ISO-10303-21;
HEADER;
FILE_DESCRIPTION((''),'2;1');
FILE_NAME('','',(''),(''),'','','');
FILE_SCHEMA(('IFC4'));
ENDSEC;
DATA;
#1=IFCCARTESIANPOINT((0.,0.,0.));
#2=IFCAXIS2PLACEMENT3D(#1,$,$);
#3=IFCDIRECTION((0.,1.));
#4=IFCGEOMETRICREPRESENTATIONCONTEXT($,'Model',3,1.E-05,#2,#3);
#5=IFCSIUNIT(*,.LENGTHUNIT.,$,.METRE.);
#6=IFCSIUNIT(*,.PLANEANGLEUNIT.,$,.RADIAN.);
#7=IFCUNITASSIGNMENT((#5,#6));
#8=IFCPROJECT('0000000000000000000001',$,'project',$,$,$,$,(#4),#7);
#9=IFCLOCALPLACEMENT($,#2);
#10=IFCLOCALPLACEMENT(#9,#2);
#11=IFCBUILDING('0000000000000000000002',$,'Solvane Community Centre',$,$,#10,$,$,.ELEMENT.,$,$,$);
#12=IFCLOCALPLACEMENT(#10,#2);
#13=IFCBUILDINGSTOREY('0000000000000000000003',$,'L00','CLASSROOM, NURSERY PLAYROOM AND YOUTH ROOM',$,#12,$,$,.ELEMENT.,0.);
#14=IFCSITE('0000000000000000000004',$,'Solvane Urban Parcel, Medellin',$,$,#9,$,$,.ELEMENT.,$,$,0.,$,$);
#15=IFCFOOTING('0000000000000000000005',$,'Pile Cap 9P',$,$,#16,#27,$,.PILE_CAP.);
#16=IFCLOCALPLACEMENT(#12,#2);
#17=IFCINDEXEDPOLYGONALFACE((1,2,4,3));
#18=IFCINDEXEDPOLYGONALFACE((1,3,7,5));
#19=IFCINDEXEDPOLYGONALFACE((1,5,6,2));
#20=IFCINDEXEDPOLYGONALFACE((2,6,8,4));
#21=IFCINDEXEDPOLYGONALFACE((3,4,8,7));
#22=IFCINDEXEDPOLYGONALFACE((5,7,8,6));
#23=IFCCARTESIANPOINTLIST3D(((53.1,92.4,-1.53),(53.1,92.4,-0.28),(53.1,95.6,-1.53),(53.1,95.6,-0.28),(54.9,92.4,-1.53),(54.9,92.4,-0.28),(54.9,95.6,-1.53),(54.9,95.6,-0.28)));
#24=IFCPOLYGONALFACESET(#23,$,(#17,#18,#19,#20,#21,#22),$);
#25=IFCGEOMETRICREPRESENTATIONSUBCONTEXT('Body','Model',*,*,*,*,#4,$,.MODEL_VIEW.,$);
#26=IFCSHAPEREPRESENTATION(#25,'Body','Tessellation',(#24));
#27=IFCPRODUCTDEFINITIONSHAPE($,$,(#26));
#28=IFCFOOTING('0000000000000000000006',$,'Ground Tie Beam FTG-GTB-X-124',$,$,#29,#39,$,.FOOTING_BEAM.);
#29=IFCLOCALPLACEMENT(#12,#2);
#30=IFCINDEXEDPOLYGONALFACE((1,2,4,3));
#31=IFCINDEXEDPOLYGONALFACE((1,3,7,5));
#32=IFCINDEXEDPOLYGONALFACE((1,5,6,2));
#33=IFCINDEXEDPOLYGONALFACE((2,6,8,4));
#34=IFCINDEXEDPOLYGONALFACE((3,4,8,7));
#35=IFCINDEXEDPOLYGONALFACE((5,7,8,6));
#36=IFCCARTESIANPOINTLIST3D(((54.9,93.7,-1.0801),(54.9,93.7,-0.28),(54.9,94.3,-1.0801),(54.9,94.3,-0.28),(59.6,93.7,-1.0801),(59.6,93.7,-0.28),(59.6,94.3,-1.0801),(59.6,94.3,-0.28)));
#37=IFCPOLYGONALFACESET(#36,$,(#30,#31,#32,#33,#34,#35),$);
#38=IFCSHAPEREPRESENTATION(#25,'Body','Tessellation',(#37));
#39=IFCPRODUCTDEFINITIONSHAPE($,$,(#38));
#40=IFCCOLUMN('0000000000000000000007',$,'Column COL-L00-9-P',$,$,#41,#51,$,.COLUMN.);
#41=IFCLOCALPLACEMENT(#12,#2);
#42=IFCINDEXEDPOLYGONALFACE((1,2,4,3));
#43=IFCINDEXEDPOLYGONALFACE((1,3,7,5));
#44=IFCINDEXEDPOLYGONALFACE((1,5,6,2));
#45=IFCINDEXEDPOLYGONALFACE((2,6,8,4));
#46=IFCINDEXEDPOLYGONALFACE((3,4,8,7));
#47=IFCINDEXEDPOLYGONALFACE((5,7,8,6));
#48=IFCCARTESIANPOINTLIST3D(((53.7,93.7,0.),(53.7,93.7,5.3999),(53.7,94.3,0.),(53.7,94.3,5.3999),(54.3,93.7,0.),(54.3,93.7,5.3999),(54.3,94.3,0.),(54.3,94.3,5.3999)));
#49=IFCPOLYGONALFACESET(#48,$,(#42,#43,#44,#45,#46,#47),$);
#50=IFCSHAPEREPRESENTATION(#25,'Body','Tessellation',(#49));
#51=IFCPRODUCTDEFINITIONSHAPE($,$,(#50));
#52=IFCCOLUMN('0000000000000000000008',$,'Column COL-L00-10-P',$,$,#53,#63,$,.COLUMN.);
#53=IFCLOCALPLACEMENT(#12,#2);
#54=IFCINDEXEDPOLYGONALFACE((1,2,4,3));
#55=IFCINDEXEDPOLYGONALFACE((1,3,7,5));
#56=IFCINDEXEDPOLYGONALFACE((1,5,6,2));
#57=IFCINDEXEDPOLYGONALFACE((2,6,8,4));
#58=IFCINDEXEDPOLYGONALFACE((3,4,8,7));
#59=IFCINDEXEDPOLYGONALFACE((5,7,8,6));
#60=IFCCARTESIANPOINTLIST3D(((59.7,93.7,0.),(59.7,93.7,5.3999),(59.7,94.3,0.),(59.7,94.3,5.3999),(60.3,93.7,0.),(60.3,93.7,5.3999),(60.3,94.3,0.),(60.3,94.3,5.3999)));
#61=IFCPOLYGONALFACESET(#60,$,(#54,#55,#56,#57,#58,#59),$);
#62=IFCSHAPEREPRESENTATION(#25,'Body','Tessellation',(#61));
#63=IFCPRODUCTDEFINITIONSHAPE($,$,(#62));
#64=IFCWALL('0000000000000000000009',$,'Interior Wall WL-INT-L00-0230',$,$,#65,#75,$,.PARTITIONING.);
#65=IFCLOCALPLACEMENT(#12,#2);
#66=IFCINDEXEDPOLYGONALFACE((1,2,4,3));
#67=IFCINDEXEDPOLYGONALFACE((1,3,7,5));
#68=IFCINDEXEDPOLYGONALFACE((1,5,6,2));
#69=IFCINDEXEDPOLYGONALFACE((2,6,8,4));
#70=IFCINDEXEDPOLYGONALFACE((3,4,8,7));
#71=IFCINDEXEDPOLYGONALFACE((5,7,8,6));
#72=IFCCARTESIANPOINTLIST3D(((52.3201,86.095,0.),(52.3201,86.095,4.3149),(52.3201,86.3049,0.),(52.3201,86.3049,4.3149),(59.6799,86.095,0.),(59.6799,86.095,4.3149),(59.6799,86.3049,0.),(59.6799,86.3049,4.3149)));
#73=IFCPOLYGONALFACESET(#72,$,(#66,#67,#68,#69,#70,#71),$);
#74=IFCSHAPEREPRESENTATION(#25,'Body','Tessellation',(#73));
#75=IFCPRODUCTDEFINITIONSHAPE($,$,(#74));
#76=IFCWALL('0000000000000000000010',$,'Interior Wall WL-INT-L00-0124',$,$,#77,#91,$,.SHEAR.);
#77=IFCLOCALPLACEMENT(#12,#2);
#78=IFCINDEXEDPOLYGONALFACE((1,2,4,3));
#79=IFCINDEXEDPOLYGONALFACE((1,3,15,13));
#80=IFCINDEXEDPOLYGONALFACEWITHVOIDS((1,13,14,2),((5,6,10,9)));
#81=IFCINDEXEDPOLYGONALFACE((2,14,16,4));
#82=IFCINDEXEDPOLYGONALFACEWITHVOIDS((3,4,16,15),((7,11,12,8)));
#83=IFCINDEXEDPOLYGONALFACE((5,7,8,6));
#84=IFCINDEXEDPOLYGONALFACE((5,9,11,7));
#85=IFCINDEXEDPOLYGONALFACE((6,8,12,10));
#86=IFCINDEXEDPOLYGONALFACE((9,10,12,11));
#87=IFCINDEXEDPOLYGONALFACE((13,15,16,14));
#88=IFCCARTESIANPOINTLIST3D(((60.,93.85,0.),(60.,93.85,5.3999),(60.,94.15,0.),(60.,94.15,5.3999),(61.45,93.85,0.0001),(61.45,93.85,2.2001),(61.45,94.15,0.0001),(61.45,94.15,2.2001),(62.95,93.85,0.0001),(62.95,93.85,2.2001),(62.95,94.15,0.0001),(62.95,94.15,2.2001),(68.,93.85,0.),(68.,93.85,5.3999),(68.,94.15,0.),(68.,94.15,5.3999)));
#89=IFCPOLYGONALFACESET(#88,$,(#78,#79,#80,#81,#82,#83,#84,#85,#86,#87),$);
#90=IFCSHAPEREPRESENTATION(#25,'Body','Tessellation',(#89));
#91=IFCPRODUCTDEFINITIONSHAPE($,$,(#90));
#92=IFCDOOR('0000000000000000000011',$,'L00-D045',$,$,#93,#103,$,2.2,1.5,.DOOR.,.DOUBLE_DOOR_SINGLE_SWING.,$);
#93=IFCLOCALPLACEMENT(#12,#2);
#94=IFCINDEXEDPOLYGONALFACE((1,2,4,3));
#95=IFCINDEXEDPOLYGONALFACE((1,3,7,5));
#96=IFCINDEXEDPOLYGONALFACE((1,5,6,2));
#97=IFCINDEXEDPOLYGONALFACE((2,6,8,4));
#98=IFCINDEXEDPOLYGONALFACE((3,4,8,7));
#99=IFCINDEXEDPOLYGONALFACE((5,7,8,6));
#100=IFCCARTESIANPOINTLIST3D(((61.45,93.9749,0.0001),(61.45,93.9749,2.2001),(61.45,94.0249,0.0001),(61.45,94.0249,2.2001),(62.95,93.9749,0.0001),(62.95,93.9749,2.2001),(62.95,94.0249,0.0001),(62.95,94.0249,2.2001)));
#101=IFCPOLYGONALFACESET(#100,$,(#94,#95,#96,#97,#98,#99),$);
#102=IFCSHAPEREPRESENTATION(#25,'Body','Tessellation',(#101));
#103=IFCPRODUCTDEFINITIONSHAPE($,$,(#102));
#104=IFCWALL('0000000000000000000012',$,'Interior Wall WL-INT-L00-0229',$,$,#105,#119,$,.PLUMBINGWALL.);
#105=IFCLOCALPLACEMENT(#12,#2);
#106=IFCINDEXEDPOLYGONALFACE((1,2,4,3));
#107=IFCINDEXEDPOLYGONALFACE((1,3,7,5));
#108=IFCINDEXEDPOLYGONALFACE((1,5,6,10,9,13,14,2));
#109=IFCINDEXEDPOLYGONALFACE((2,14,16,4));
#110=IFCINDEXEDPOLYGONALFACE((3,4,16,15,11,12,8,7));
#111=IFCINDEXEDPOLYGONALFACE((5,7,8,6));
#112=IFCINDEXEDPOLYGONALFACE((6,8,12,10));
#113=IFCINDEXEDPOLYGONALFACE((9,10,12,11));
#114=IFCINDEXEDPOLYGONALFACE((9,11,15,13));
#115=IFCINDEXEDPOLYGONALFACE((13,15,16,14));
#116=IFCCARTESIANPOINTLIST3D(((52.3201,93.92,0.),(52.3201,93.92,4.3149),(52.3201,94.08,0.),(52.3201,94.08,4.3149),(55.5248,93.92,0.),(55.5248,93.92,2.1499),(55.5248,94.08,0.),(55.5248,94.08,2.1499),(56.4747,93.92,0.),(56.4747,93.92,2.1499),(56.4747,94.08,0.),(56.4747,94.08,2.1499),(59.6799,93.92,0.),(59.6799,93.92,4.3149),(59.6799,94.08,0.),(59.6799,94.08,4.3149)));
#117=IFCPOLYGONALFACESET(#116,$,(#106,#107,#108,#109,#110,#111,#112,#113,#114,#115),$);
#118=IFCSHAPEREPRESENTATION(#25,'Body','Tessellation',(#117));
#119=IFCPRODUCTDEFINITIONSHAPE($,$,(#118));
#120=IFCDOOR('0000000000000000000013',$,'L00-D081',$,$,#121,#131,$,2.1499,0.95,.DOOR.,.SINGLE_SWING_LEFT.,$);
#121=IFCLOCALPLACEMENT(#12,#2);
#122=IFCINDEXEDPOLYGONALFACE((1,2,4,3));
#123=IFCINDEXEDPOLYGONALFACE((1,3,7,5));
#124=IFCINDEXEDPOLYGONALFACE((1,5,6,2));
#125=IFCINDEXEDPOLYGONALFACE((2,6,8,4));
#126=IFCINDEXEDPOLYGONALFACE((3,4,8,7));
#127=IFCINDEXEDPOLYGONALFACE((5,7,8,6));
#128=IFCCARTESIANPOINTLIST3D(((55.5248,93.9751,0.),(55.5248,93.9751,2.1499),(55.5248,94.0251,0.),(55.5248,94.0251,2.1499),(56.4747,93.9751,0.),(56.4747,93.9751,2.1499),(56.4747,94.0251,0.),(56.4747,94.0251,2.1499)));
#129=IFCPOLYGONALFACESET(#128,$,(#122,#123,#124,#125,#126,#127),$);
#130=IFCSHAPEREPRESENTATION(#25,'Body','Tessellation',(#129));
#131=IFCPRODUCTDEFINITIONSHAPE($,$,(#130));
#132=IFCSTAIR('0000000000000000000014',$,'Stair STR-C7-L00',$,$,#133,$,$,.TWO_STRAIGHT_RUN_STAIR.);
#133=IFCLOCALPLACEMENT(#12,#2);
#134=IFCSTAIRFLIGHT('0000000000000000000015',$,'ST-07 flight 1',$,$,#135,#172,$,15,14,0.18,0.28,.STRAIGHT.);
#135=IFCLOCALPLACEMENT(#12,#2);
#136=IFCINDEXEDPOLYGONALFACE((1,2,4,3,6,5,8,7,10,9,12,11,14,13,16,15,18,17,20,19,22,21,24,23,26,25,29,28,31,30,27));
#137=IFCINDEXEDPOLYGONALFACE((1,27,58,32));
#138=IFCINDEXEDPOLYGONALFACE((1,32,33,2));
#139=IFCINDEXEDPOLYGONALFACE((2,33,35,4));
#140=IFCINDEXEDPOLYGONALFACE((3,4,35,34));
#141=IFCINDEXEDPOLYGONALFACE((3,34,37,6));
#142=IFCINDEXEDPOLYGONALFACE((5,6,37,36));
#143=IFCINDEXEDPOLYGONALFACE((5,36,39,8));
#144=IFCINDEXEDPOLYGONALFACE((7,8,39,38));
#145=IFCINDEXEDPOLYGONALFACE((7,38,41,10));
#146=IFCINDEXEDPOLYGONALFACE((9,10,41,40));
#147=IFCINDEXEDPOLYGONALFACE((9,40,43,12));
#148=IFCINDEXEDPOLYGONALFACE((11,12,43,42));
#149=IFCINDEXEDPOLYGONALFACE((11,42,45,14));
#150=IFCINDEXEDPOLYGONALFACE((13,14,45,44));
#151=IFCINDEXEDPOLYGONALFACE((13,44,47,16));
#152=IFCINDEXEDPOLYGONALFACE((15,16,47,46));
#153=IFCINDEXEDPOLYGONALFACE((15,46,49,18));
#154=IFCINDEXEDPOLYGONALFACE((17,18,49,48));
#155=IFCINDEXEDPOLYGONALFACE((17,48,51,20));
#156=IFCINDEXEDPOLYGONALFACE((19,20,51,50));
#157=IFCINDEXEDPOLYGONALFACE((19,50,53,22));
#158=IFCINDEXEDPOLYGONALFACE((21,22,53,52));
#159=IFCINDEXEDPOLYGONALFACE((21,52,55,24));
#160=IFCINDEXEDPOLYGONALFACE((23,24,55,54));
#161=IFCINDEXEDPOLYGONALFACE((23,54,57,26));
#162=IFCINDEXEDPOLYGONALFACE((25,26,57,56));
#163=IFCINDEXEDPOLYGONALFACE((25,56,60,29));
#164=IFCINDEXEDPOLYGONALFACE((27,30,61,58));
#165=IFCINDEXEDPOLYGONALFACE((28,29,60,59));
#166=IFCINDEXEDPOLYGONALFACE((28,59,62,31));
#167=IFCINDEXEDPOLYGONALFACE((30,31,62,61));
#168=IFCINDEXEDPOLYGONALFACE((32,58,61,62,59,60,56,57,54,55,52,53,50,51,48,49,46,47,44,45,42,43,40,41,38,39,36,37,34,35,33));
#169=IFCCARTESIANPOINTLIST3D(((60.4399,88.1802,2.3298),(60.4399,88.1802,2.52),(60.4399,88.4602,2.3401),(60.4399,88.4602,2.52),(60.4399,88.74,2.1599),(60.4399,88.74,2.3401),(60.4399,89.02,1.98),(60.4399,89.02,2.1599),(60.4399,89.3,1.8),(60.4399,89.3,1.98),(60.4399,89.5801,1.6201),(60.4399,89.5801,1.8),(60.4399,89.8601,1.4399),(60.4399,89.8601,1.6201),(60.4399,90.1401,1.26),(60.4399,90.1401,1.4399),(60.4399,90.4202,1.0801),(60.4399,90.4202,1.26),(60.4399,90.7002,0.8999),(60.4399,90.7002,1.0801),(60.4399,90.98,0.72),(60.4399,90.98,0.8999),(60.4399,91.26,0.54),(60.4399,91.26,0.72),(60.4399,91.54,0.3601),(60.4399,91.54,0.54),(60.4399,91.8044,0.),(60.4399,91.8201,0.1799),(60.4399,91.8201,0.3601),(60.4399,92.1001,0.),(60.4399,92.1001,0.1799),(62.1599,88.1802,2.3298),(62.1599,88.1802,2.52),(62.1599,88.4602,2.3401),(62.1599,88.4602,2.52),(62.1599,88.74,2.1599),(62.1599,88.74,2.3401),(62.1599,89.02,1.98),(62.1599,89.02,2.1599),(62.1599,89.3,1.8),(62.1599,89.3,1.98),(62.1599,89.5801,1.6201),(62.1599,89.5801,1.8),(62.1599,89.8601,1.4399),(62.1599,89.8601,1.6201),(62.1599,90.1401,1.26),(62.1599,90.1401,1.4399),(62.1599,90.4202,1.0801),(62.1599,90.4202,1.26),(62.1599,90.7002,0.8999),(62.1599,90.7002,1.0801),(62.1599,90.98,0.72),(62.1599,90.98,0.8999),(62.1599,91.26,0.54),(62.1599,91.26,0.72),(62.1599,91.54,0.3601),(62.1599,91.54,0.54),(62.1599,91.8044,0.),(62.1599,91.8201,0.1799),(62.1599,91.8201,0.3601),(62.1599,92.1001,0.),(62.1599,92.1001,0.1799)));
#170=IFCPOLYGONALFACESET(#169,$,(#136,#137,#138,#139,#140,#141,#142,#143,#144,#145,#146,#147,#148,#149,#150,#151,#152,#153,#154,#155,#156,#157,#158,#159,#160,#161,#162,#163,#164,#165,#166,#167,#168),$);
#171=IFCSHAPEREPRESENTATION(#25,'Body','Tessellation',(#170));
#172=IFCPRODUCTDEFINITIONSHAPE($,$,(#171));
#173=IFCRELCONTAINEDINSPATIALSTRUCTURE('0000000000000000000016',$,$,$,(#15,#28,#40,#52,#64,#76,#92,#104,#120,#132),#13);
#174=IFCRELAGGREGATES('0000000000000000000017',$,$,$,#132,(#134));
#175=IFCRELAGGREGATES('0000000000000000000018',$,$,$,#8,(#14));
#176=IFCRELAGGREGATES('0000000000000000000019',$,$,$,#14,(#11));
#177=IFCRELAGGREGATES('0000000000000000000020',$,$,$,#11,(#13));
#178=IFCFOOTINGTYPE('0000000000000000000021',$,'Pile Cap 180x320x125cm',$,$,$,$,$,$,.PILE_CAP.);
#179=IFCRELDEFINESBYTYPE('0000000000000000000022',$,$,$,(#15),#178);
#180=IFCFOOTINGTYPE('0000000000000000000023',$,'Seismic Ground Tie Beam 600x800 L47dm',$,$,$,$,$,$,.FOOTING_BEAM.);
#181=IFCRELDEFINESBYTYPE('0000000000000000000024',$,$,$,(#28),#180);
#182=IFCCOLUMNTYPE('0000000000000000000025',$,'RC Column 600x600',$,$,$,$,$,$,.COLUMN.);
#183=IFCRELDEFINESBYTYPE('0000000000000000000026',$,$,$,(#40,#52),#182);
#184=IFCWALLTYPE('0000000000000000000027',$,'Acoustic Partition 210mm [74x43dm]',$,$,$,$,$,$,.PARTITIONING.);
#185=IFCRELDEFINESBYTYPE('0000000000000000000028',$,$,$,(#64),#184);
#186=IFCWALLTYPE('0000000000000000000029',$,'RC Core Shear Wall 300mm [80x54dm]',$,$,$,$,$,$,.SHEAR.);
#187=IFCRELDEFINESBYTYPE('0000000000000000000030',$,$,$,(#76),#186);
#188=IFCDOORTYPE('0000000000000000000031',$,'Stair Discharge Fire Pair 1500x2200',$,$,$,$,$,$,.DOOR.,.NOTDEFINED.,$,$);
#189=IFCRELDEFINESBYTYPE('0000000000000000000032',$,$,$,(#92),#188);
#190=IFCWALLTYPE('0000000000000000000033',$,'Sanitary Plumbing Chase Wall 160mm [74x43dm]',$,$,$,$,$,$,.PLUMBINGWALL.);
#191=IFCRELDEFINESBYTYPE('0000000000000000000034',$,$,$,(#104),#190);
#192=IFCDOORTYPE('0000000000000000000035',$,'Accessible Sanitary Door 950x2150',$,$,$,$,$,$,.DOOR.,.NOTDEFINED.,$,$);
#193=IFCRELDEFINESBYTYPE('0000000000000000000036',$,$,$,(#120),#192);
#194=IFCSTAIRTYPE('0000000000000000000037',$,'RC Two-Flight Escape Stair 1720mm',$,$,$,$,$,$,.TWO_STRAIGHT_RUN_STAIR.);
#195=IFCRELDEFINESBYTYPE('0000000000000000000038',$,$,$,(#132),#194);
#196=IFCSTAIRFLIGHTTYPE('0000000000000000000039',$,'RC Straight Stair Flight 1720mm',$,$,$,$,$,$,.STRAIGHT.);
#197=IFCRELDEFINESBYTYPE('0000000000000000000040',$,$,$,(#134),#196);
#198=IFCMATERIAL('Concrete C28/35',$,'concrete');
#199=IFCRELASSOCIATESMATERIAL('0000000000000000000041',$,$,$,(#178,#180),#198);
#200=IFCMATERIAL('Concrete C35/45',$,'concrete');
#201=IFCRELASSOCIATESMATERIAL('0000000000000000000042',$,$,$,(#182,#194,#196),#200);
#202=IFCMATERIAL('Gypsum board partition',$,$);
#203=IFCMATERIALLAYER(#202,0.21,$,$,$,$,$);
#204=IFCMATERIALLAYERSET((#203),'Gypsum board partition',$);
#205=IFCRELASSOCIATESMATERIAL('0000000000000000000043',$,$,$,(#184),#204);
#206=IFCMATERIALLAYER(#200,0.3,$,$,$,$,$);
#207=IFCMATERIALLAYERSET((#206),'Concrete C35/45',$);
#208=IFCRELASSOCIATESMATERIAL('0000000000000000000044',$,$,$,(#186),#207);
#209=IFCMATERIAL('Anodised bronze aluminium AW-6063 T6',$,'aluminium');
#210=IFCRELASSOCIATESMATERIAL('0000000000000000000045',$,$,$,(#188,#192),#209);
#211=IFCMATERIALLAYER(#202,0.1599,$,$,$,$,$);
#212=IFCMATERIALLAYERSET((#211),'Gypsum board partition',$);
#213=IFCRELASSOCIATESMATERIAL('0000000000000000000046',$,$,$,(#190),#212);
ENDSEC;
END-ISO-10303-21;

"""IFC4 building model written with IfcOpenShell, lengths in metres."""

from ifc_helpers import new_model, si_unit, direction, frame, frame_2d, origin, origin_2d, place, context, subcontext, project, spatial, polyline, rectangle, outline, extrude, material, layer, layer_set, material_profile, profile_set, type_object, element, fill, aggregate, save


model = new_model("IFC4")

# Units and contexts
model_context = context("Model", 3, precision=1e-05, world=origin(), true_north=direction((0.0, 1.0)))
body_context = subcontext(model_context, "Body", "Model", "MODEL_VIEW")
ifc_project = project(units=[si_unit("LENGTHUNIT", "METRE"), si_unit("PLANEANGLEUNIT", "RADIAN")], contexts=[model_context])

# Site, building, storey
site_placement = place(None, origin())
site = spatial("IfcSite", under=ifc_project, at=site_placement, Name="Solvane Urban Parcel, Medellin", CompositionType="ELEMENT", RefElevation=0.0)
building_placement = place(site_placement, origin())
building = spatial("IfcBuilding", under=site, at=building_placement, Name="Solvane Community Centre", CompositionType="ELEMENT")
storey_placement = place(building_placement, origin())
storey = spatial("IfcBuildingStorey", under=building, at=storey_placement, Name="L00", Description="CLASSROOM, NURSERY PLAYROOM AND YOUTH ROOM", CompositionType="ELEMENT", Elevation=0.0)

# Shared definitions
ifc_material_1 = material(Name="Concrete C28/35", Category="concrete")

# Footings
footing_type_1 = type_object("IfcFootingType", Name="Pile Cap 180x320x125cm", PredefinedType="PILE_CAP", material=ifc_material_1)
footing_1_placement = place(storey_placement, frame((54.0, 94.0, -1.53), z_axis=(0.0, 0.0, 1.0), x_axis=(1.0, 0.0, 0.0)))
element("IfcFooting", 1, at=footing_1_placement, inside=storey, type_object=footing_type_1, Name="Pile Cap 9P", PredefinedType="PILE_CAP", context=body_context, shape_type="SweptSolid", body=[
    extrude(rectangle(XDim=1.8, YDim=3.2, at=origin_2d()), origin(), (0.0, 0.0, 1.0), 1.25),
])
footing_type_2 = type_object("IfcFootingType", Name="Seismic Ground Tie Beam 600x800 L47dm", PredefinedType="FOOTING_BEAM", material=ifc_material_1)
footing_2_placement = place(storey_placement, frame((57.25, 94.0, -1.0801), z_axis=(0.0, 0.0, 1.0), x_axis=(1.0, 0.0, 0.0)))
element("IfcFooting", 2, at=footing_2_placement, inside=storey, type_object=footing_type_2, Name="Ground Tie Beam FTG-GTB-X-124", PredefinedType="FOOTING_BEAM", context=body_context, shape_type="SweptSolid", body=[
    extrude(rectangle(XDim=4.7, YDim=0.6001, at=origin_2d()), origin(), (0.0, 0.0, 1.0), 0.8),
])

# Columns
ifc_material_2 = material(Name="Concrete C35/45", Category="concrete")
ifc_material_profile_1 = material_profile(ifc_material_2, rectangle(XDim=0.6001, YDim=0.6001, at=origin_2d()), Name="RC 600x600")
ifc_profile_set_1 = profile_set([ifc_material_profile_1], Name="Concrete C35/45")
column_type = type_object("IfcColumnType", Name="RC Column 600x600", PredefinedType="COLUMN", material=ifc_profile_set_1)
for number, where, z_axis, x_axis, name in (
    (3, (54.0, 94.0, 0.0), (0.0, 0.0, 1.0), (1.0, 0.0, 0.0), "Column COL-L00-9-P"),
    (4, (60.0, 94.0, 0.0), (0.0, 0.0, 1.0), (1.0, 0.0, 0.0), "Column COL-L00-10-P"),
):
    element("IfcColumn", number, at=place(storey_placement, frame(where, z_axis=z_axis, x_axis=x_axis)), inside=storey, type_object=column_type, Name=name, PredefinedType="COLUMN", context=body_context, shape_type="SweptSolid", body=[
        extrude(rectangle(XDim=0.6001, YDim=0.6001, at=origin_2d()), origin(), (0.0, 0.0, 1.0), 5.3999),
    ])

# Wall
ifc_material_3 = material(Name="Gypsum board partition")
ifc_layer_1 = layer(ifc_material_3, 0.21)
ifc_layer_set_1 = layer_set([ifc_layer_1], Name="Gypsum board partition")
wall_type_1 = type_object("IfcWallType", Name="Acoustic Partition 210mm [74x43dm]", PredefinedType="PARTITIONING", material=ifc_layer_set_1)
wall_1_placement = place(storey_placement, frame((52.3201, 86.2, 0.0), z_axis=(0.0, 0.0, 1.0), x_axis=(1.0, 0.0, 0.0)))
element("IfcWall", 5, at=wall_1_placement, inside=storey, type_object=wall_type_1, Name="Interior Wall WL-INT-L00-0230", PredefinedType="PARTITIONING", context=body_context, shape_type="SweptSolid", body=[
    extrude(rectangle(XDim=7.3599, YDim=0.21, at=frame_2d((3.6799, 0.0))), origin(), (0.0, 0.0, 1.0), 4.3149),
])

# Walls, openings, doors
ifc_layer_2 = layer(ifc_material_2, 0.3)
ifc_layer_set_2 = layer_set([ifc_layer_2], Name="Concrete C35/45")
wall_type_2 = type_object("IfcWallType", Name="RC Core Shear Wall 300mm [80x54dm]", PredefinedType="SHEAR", material=ifc_layer_set_2)
wall_2_placement = place(storey_placement, frame((60.0, 94.0, 0.0), z_axis=(0.0, 0.0, 1.0), x_axis=(1.0, 0.0, 0.0)))
wall_2 = element("IfcWall", 6, at=wall_2_placement, inside=storey, type_object=wall_type_2, Name="Interior Wall WL-INT-L00-0124", PredefinedType="SHEAR", context=body_context, shape_type="SweptSolid", body=[
    extrude(rectangle(XDim=8.0, YDim=0.3, at=frame_2d((4.0, 0.0))), origin(), (0.0, 0.0, 1.0), 5.3999),
])
opening_1_placement = place(wall_2_placement, frame((1.45, 0.0, 0.0)))
opening_1 = element("IfcOpeningElement", 7, at=opening_1_placement, cuts=wall_2, PredefinedType="OPENING", context=body_context, shape_type="SweptSolid", body=[
    extrude(rectangle(XDim=1.5, YDim=2.2, at=frame_2d((0.75, 1.1001))), frame((0.0, 0.1599, 0.0), z_axis=(0.0, -1.0, 0.0), x_axis=(1.0, 0.0, 0.0)), (0.0, 0.0, 1.0), 0.3201),
])
ifc_material_4 = material(Name="Anodised bronze aluminium AW-6063 T6", Category="aluminium")
door_type_1 = type_object("IfcDoorType", Name="Stair Discharge Fire Pair 1500x2200", OperationType="NOTDEFINED", PredefinedType="DOOR", material=ifc_material_4)
door_1_placement = place(opening_1_placement, origin())
door_1 = element("IfcDoor", 8, at=door_1_placement, inside=storey, type_object=door_type_1, Name="L00-D045", OperationType="DOUBLE_DOOR_SINGLE_SWING", OverallHeight=2.2, OverallWidth=1.5, PredefinedType="DOOR", context=body_context, shape_type="SweptSolid", body=[
    extrude(rectangle(XDim=1.5, YDim=2.2, at=frame_2d((0.75, 1.1001))), frame((0.0, 0.0249, 0.0), z_axis=(0.0, -1.0, 0.0), x_axis=(1.0, 0.0, 0.0)), (0.0, 0.0, 1.0), 0.05),
])
fill(opening_1, door_1)
ifc_layer_3 = layer(ifc_material_3, 0.1599)
ifc_layer_set_3 = layer_set([ifc_layer_3], Name="Gypsum board partition")
wall_type_3 = type_object("IfcWallType", Name="Sanitary Plumbing Chase Wall 160mm [74x43dm]", PredefinedType="PLUMBINGWALL", material=ifc_layer_set_3)
wall_3_placement = place(storey_placement, frame((59.6799, 94.0, 0.0), z_axis=(0.0, 0.0, 1.0), x_axis=(-1.0, 0.0, 0.0)))
wall_3 = element("IfcWall", 9, at=wall_3_placement, inside=storey, type_object=wall_type_3, Name="Interior Wall WL-INT-L00-0229", PredefinedType="PLUMBINGWALL", context=body_context, shape_type="SweptSolid", body=[
    extrude(rectangle(XDim=7.3599, YDim=0.1599, at=frame_2d((3.6799, 0.0))), origin(), (0.0, 0.0, 1.0), 4.3149),
])
opening_2_placement = place(wall_3_placement, frame((3.2051, 0.0, 0.0)))
opening_2 = element("IfcOpeningElement", 10, at=opening_2_placement, cuts=wall_3, PredefinedType="OPENING", context=body_context, shape_type="SweptSolid", body=[
    extrude(rectangle(XDim=0.95, YDim=2.1499, at=frame_2d((0.4751, 1.075))), frame((0.0, 0.0898, 0.0), z_axis=(0.0, -1.0, 0.0), x_axis=(1.0, 0.0, 0.0)), (0.0, 0.0, 1.0), 0.1799),
])
door_type_2 = type_object("IfcDoorType", Name="Accessible Sanitary Door 950x2150", OperationType="NOTDEFINED", PredefinedType="DOOR", material=ifc_material_4)
door_2_placement = place(opening_2_placement, origin())
door_2 = element("IfcDoor", 11, at=door_2_placement, inside=storey, type_object=door_type_2, Name="L00-D081", OperationType="SINGLE_SWING_LEFT", OverallHeight=2.1499, OverallWidth=0.95, PredefinedType="DOOR", context=body_context, shape_type="SweptSolid", body=[
    extrude(rectangle(XDim=0.95, YDim=2.1499, at=frame_2d((0.4751, 1.075))), frame((0.0, 0.0249, 0.0), z_axis=(0.0, -1.0, 0.0), x_axis=(1.0, 0.0, 0.0)), (0.0, 0.0, 1.0), 0.05),
])
fill(opening_2, door_2)

# Stair, stair flight
stair_type = type_object("IfcStairType", Name="RC Two-Flight Escape Stair 1720mm", PredefinedType="TWO_STRAIGHT_RUN_STAIR", material=ifc_material_2)
stair_placement = place(storey_placement, origin())
stair = element("IfcStair", 12, at=stair_placement, inside=storey, type_object=stair_type, Name="Stair STR-C7-L00", PredefinedType="TWO_STRAIGHT_RUN_STAIR")
stair_flight_type = type_object("IfcStairFlightType", Name="RC Straight Stair Flight 1720mm", PredefinedType="STRAIGHT", material=ifc_material_2)
stair_flight_1_placement = place(storey_placement, frame((61.3, 92.1001, 0.0), z_axis=(0.0, 0.0, 1.0), x_axis=(0.0, -1.0, 0.0)))
stair_flight_1 = element("IfcStairFlight", 13, at=stair_flight_1_placement, type_object=stair_flight_type, Name="ST-07 flight 1", NumberOfRisers=15, NumberOfTreads=14, PredefinedType="STRAIGHT", RiserHeight=0.18, TreadLength=0.28, context=body_context, shape_type="SweptSolid", body=[
    extrude(outline(polyline([(0.0, 0.0), (0.0, 0.1799), (0.28, 0.1799), (0.28, 0.3601), (0.5601, 0.3601), (0.5601, 0.54), (0.8401, 0.54), (0.8401, 0.72), (1.1201, 0.72), (1.1201, 0.8999), (1.3999, 0.8999), (1.3999, 1.0801), (1.6799, 1.0801), (1.6799, 1.26), (1.96, 1.26), (1.96, 1.4399), (2.24, 1.4399), (2.24, 1.6201), (2.52, 1.6201), (2.52, 1.8), (2.8, 1.8), (2.8, 1.98), (3.0801, 1.98), (3.0801, 2.1599), (3.3601, 2.1599), (3.3601, 2.3401), (3.6399, 2.3401), (3.6399, 2.52), (3.9199, 2.52), (3.9199, 2.7), (3.9199, 2.3298), (0.2957, 0.0), (0.0, 0.0)])), frame((0.0, 0.8599, 0.0), z_axis=(0.0, -1.0, 0.0), x_axis=(1.0, 0.0, 0.0)), (0.0, 0.0, 1.0), 1.72),
])
aggregate(stair, [stair_flight_1])

save(model, "model.ifc")
